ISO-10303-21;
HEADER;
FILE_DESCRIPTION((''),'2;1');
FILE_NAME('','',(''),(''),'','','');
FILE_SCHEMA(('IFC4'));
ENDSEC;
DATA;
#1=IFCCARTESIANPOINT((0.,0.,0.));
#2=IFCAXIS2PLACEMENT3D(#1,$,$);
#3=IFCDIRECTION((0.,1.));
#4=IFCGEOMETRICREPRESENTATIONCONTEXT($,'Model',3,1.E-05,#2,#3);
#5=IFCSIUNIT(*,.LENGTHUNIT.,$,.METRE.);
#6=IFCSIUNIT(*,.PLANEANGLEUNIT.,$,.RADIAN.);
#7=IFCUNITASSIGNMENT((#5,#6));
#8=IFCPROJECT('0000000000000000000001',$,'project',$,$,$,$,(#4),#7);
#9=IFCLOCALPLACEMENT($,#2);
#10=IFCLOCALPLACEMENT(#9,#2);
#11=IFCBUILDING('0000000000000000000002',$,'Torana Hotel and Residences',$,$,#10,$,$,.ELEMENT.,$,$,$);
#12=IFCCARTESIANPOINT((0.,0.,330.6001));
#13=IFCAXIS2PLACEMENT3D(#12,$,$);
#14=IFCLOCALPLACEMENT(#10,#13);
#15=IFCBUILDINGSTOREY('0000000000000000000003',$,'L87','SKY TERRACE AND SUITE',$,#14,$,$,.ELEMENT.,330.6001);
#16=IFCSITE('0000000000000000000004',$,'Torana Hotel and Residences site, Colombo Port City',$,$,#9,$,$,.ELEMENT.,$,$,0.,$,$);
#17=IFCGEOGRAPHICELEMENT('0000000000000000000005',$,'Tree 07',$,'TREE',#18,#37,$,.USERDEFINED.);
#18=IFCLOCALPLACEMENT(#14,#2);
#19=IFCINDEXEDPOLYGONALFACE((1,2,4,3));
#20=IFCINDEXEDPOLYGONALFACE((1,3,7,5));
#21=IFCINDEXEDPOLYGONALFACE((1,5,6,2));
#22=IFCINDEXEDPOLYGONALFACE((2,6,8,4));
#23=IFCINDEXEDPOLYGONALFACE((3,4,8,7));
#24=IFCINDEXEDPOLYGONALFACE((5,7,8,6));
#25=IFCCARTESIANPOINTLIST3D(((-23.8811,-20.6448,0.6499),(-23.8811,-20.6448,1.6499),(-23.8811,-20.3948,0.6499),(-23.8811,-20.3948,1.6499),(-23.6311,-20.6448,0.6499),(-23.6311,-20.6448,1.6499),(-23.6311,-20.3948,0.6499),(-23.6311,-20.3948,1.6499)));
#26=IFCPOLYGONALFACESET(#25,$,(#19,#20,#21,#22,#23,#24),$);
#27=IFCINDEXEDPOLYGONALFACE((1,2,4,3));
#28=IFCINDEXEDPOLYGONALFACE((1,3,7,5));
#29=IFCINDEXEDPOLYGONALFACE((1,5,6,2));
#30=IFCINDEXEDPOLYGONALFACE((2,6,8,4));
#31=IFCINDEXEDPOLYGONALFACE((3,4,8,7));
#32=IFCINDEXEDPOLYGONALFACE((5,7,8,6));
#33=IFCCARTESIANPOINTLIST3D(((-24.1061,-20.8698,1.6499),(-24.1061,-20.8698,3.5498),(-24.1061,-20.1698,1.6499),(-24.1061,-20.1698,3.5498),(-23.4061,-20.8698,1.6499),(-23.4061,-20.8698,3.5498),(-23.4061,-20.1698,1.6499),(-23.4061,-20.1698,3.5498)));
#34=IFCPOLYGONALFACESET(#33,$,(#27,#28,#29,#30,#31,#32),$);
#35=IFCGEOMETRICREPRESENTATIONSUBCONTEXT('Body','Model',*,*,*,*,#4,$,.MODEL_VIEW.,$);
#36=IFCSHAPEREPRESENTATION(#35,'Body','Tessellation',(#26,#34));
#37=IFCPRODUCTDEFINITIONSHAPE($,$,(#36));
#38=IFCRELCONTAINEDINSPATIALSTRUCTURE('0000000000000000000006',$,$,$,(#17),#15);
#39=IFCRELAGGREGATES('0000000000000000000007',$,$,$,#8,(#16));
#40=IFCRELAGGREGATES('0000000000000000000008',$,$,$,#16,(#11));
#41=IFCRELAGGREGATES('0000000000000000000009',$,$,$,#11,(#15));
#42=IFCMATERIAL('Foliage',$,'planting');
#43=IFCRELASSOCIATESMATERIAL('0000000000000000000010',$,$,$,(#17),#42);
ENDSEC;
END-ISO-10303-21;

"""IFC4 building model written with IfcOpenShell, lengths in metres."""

from ifc_helpers import new_model, si_unit, direction, frame, origin, origin_2d, place, context, subcontext, project, spatial, rectangle, extrude, material, element, save


model = new_model("IFC4")

# Units and contexts
model_context = context("Model", 3, precision=1e-05, world=origin(), true_north=direction((0.0, 1.0)))
body_context = subcontext(model_context, "Body", "Model", "MODEL_VIEW")
ifc_project = project(units=[si_unit("LENGTHUNIT", "METRE"), si_unit("PLANEANGLEUNIT", "RADIAN")], contexts=[model_context])

# Site, building, storey
site_placement = place(None, origin())
site = spatial("IfcSite", under=ifc_project, at=site_placement, Name="Torana Hotel and Residences site, Colombo Port City", CompositionType="ELEMENT", RefElevation=0.0)
building_placement = place(site_placement, origin())
building = spatial("IfcBuilding", under=site, at=building_placement, Name="Torana Hotel and Residences", CompositionType="ELEMENT")
storey_placement = place(building_placement, frame((0.0, 0.0, 330.6001)))
storey = spatial("IfcBuildingStorey", under=building, at=storey_placement, Name="L87", Description="SKY TERRACE AND SUITE", CompositionType="ELEMENT", Elevation=330.6001)

# Geographic element
ifc_material_1 = material(Name="Foliage", Category="planting")
geographic_element_placement = place(storey_placement, frame((-23.7561, -20.5198, 0.6499), z_axis=(0.0, 0.0, 1.0), x_axis=(1.0, 0.0, 0.0)))
element("IfcGeographicElement", 1, at=geographic_element_placement, inside=storey, material=ifc_material_1, Name="Tree 07", ObjectType="TREE", PredefinedType="USERDEFINED", context=body_context, shape_type="SweptSolid", body=[
    extrude(rectangle(XDim=0.25, YDim=0.25, at=origin_2d()), origin(), (0.0, 0.0, 1.0), 1.0),
    extrude(rectangle(XDim=0.7, YDim=0.7, at=origin_2d()), frame((0.0, 0.0, 1.0)), (0.0, 0.0, 1.0), 1.8999),
])

save(model, "model.ifc")
